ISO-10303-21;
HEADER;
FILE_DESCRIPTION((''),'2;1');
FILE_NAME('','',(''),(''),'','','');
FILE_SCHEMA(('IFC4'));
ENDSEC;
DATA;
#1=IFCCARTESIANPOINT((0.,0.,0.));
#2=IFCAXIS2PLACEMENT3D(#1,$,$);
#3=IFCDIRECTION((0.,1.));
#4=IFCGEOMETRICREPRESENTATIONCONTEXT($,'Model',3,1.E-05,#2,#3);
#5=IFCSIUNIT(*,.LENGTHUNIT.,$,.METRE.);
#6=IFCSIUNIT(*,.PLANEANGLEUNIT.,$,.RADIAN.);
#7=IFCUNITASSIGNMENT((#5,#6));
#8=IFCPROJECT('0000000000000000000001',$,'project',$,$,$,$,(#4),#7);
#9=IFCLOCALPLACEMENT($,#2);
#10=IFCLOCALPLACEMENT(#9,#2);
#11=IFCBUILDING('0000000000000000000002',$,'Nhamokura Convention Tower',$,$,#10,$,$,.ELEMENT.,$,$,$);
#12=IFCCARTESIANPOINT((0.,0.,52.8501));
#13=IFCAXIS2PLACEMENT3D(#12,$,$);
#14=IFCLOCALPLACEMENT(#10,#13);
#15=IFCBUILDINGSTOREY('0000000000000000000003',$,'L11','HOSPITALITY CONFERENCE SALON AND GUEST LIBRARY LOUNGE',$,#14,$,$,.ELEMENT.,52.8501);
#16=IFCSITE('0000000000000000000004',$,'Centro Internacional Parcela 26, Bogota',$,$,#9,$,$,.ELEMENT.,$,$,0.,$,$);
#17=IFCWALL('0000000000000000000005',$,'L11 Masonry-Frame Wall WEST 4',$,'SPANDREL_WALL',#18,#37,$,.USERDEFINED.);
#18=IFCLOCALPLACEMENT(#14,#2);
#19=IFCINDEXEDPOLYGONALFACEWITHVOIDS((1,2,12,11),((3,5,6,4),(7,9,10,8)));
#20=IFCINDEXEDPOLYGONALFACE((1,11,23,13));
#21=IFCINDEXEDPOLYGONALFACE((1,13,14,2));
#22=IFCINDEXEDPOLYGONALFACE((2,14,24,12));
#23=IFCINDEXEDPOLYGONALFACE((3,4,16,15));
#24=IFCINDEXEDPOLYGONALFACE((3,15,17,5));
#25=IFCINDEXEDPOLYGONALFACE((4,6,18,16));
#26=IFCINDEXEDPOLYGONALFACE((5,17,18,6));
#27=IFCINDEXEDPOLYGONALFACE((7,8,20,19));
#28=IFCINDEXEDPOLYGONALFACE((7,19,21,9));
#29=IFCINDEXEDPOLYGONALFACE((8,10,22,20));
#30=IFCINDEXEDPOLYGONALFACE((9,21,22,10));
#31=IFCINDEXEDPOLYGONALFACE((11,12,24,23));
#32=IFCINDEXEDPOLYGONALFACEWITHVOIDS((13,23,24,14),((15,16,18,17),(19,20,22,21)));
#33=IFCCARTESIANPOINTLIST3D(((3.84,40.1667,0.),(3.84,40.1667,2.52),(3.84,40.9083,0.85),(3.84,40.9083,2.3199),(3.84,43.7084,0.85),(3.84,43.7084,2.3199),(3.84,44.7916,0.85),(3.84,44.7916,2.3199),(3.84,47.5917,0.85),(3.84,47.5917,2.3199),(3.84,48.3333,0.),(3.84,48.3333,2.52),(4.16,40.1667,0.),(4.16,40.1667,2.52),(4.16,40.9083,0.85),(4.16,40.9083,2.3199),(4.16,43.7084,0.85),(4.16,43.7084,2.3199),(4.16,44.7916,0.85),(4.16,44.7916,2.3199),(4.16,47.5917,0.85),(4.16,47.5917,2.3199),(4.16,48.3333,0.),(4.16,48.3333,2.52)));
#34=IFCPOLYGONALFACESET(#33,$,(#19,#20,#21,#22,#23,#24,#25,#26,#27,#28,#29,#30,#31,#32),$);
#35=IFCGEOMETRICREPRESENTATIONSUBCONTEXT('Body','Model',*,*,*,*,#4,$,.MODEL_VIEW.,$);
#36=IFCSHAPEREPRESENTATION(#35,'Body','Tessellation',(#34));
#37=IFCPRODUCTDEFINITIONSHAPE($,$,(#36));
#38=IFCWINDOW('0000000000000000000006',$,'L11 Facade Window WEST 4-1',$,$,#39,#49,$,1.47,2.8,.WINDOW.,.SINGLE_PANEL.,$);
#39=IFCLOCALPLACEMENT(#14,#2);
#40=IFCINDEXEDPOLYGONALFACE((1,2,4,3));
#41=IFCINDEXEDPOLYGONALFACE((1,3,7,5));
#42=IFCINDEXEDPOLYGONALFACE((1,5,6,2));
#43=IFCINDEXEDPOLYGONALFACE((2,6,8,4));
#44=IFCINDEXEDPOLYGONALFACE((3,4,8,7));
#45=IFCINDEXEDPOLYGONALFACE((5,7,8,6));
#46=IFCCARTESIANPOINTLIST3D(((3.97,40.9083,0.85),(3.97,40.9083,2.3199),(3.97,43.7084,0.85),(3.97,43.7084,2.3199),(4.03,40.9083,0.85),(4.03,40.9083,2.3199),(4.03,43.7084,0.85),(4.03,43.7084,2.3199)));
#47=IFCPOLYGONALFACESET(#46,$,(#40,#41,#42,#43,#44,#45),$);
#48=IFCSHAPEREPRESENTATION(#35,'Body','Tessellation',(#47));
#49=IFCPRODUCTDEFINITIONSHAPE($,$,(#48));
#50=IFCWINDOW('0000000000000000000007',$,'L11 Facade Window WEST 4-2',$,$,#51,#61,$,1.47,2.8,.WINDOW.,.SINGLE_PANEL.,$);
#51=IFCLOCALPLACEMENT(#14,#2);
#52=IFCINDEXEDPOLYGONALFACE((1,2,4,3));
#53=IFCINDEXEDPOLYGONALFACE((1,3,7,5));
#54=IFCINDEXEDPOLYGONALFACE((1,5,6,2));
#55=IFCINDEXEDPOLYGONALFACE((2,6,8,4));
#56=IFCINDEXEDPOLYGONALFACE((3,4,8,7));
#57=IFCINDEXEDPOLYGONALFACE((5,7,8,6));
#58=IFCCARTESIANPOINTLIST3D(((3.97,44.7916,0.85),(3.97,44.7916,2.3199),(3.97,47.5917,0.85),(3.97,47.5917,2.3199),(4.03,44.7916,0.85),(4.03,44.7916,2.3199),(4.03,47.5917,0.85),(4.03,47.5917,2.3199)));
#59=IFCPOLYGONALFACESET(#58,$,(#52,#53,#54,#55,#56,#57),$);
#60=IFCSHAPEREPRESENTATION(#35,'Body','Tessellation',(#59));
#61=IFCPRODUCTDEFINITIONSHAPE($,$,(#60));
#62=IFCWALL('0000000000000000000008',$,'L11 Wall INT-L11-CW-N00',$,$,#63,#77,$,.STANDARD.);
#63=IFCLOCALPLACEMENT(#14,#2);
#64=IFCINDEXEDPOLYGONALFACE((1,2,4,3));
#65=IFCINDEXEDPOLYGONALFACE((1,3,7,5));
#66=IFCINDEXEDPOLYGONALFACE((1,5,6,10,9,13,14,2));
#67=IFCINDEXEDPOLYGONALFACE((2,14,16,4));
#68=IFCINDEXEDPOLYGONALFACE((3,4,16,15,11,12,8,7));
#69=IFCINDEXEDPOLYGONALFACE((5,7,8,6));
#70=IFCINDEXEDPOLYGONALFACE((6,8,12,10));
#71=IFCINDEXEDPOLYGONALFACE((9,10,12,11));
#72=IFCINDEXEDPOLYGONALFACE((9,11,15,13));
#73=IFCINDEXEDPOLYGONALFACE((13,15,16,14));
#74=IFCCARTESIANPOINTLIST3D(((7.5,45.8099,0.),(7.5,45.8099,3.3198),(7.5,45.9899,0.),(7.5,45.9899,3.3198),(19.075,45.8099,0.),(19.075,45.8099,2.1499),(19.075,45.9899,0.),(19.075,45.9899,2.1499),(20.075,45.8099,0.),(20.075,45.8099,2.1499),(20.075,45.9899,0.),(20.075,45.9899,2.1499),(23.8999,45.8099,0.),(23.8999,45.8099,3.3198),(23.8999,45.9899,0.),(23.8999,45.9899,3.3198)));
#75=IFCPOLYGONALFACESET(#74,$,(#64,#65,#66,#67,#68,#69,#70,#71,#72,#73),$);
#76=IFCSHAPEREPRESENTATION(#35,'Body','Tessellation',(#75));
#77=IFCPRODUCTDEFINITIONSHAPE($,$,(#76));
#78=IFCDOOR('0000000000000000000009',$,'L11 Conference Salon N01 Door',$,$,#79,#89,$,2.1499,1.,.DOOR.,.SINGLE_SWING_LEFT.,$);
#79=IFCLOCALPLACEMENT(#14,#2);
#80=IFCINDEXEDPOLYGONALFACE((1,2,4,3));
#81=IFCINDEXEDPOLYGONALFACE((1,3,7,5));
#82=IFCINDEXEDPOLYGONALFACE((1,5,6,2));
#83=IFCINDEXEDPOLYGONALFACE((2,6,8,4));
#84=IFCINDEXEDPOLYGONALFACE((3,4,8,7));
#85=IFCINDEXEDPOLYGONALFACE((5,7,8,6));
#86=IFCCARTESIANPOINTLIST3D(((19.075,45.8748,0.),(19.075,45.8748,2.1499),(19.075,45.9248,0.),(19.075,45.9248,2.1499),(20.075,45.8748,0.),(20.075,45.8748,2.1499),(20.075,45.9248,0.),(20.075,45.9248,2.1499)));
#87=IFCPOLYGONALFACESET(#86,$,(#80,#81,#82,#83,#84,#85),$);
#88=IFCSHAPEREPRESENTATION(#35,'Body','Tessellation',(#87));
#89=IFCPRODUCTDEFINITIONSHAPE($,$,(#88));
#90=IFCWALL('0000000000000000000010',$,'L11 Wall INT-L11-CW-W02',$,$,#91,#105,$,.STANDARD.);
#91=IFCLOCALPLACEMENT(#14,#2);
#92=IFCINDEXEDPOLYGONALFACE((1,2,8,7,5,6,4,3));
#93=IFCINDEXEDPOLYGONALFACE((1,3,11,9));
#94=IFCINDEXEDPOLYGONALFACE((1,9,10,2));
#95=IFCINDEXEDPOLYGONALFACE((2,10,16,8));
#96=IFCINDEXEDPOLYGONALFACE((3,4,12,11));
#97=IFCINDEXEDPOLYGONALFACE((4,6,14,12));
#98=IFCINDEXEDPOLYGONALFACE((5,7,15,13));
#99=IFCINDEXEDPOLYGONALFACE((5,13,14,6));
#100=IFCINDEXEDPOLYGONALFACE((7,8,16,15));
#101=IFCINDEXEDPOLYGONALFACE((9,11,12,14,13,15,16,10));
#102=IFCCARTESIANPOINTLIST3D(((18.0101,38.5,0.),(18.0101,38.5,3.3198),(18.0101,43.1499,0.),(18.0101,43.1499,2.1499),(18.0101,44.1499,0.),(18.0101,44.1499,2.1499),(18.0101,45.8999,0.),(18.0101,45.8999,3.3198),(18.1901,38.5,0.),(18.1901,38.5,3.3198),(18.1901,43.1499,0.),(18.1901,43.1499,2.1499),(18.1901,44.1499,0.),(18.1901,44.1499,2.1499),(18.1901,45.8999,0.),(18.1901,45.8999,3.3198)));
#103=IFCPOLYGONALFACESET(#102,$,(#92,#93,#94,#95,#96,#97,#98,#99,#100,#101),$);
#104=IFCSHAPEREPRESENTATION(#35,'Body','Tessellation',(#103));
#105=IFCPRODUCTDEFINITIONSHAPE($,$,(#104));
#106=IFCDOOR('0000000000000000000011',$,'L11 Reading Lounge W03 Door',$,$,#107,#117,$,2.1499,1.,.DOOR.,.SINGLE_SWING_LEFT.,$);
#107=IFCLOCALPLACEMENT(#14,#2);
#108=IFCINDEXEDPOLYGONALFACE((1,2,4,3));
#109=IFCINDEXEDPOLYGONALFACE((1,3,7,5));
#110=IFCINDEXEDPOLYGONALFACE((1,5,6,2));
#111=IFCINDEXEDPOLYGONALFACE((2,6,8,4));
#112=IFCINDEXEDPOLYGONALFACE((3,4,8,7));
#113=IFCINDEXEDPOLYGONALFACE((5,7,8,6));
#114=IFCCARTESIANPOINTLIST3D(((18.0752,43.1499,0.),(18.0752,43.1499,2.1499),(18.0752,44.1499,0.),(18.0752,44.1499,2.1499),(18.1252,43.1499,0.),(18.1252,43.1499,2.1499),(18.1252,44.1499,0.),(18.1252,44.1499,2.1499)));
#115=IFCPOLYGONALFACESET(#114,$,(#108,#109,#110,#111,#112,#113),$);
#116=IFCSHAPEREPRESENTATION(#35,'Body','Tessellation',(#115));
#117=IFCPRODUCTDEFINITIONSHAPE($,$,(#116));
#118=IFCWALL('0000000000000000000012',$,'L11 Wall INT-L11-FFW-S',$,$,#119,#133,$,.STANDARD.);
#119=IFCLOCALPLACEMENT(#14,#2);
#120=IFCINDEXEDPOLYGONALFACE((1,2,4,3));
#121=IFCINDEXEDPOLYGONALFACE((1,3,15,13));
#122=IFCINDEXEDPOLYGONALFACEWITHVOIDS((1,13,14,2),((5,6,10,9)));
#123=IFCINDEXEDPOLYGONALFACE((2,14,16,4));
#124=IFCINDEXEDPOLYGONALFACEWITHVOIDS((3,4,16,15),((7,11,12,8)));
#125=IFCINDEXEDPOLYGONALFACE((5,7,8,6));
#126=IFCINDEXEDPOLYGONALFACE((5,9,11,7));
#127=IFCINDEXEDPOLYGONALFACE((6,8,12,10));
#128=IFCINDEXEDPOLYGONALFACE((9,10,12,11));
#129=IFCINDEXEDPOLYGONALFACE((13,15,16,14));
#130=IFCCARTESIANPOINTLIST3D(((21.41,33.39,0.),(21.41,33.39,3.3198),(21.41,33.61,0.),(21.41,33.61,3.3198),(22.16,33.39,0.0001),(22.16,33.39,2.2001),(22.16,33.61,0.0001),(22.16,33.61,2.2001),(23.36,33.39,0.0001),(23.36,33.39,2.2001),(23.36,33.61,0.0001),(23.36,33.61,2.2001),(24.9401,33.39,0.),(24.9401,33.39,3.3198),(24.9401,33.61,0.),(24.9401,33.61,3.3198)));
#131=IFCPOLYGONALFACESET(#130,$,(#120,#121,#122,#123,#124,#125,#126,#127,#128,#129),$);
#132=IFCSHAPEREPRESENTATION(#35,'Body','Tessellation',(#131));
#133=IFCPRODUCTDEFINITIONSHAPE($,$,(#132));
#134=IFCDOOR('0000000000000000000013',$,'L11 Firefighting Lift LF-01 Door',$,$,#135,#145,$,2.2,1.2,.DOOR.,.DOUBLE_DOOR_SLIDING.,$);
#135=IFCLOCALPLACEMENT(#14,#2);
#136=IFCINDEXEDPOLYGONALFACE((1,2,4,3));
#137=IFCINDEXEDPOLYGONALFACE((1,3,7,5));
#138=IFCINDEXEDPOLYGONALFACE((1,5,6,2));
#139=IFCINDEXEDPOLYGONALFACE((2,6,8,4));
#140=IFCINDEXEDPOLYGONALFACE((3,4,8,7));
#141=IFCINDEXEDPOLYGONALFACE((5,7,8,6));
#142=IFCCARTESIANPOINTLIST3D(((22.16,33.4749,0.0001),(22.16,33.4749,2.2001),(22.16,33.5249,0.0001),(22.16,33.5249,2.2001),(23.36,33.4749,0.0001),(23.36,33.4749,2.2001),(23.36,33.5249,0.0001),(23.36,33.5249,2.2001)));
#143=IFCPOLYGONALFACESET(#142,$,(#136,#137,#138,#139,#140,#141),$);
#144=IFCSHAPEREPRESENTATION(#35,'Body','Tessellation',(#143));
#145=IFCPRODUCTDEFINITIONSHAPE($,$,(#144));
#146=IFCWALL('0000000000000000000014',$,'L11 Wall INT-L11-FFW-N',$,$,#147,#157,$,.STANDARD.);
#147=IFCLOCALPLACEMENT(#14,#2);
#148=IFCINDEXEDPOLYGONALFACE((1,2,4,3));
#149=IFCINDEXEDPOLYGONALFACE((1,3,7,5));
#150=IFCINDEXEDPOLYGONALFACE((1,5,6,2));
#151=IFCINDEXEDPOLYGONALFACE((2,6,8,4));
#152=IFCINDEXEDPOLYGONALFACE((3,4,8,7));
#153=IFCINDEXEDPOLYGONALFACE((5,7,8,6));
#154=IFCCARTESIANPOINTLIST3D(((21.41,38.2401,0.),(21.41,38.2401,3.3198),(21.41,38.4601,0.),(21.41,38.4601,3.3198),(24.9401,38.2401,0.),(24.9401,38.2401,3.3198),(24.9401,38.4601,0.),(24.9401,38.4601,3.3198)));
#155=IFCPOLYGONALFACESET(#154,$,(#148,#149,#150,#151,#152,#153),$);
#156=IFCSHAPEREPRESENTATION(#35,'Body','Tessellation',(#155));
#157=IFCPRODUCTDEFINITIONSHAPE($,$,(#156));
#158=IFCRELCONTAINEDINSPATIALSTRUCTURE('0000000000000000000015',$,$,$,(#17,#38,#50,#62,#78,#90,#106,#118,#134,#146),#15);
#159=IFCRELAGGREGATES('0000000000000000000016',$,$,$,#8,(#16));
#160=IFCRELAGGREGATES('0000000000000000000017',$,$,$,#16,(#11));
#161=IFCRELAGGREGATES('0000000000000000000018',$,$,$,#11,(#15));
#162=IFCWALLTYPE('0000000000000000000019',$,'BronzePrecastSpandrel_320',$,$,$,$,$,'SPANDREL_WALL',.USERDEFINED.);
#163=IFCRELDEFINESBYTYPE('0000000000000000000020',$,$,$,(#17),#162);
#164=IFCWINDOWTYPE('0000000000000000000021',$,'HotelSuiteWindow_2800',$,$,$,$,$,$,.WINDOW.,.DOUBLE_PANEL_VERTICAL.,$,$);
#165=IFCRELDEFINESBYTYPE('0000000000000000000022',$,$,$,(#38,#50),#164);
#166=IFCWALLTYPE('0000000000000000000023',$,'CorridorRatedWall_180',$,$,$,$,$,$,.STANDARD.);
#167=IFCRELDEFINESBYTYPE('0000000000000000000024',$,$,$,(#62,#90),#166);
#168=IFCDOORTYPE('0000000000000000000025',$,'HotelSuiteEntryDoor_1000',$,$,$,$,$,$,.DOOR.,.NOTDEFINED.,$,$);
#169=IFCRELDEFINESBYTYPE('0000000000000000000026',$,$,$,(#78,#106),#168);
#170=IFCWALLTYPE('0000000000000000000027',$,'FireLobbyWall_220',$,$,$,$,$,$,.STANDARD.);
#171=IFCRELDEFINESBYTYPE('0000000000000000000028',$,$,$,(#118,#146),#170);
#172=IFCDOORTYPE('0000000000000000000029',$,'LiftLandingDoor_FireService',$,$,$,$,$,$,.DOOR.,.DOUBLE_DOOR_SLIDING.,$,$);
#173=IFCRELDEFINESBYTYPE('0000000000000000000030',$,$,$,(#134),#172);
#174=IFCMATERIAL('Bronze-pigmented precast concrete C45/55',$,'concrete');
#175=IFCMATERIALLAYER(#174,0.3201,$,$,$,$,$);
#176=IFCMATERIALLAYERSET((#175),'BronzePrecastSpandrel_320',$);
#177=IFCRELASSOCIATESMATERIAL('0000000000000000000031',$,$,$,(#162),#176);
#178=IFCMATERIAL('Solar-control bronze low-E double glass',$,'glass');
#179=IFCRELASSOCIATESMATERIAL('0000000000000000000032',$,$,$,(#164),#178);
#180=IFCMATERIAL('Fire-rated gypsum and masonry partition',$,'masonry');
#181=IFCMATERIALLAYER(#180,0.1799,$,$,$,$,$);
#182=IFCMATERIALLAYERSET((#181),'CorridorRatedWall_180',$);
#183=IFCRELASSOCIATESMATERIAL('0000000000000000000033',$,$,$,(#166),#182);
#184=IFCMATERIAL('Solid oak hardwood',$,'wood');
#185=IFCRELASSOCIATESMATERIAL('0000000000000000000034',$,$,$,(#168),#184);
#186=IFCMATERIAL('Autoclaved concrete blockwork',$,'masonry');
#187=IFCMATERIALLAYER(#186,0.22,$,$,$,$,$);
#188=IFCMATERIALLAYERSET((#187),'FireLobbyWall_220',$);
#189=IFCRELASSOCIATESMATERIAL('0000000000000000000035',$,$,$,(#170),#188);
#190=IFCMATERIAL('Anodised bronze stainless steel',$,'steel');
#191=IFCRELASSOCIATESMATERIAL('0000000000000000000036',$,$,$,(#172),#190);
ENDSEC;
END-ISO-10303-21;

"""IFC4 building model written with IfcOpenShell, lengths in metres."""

from ifc_helpers import new_model, si_unit, direction, frame, frame_2d, origin, place, context, subcontext, project, spatial, rectangle, extrude, material, layer, layer_set, type_object, element, fill, save


model = new_model("IFC4")

# Units and contexts
model_context = context("Model", 3, precision=1e-05, world=origin(), true_north=direction((0.0, 1.0)))
body_context = subcontext(model_context, "Body", "Model", "MODEL_VIEW")
ifc_project = project(units=[si_unit("LENGTHUNIT", "METRE"), si_unit("PLANEANGLEUNIT", "RADIAN")], contexts=[model_context])

# Site, building, storey
site_placement = place(None, origin())
site = spatial("IfcSite", under=ifc_project, at=site_placement, Name="Centro Internacional Parcela 26, Bogota", CompositionType="ELEMENT", RefElevation=0.0)
building_placement = place(site_placement, origin())
building = spatial("IfcBuilding", under=site, at=building_placement, Name="Nhamokura Convention Tower", CompositionType="ELEMENT")
storey_placement = place(building_placement, frame((0.0, 0.0, 52.8501)))
storey = spatial("IfcBuildingStorey", under=building, at=storey_placement, Name="L11", Description="HOSPITALITY CONFERENCE SALON AND GUEST LIBRARY LOUNGE", CompositionType="ELEMENT", Elevation=52.8501)

# Shared definitions
ifc_material_1 = material(Name="Bronze-pigmented precast concrete C45/55", Category="concrete")
ifc_layer_1 = layer(ifc_material_1, 0.3201)
ifc_layer_set_1 = layer_set([ifc_layer_1], Name="BronzePrecastSpandrel_320")
wall_type_1 = type_object("IfcWallType", Name="BronzePrecastSpandrel_320", ElementType="SPANDREL_WALL", PredefinedType="USERDEFINED", material=ifc_layer_set_1)

# Wall, openings, windows
wall_1_placement = place(storey_placement, frame((4.0, 40.1667, 0.0), z_axis=(0.0, 0.0, 1.0), x_axis=(0.0, 1.0, 0.0)))
wall_1 = element("IfcWall", 1, at=wall_1_placement, inside=storey, type_object=wall_type_1, Name="L11 Masonry-Frame Wall WEST 4", ObjectType="SPANDREL_WALL", PredefinedType="USERDEFINED", context=body_context, shape_type="SweptSolid", body=[
    extrude(rectangle(XDim=8.1665, YDim=0.3201, at=frame_2d((4.0833, 0.0))), origin(), (0.0, 0.0, 1.0), 2.52),
])
opening_1_placement = place(wall_1_placement, frame((0.7417, 0.0, 0.8501)))
opening_1 = element("IfcOpeningElement", 2, at=opening_1_placement, cuts=wall_1, PredefinedType="OPENING", context=body_context, shape_type="SweptSolid", body=[
    extrude(rectangle(XDim=2.8, YDim=1.47, at=frame_2d((1.3999, 0.7349))), frame((0.0, 0.1699, 0.0), z_axis=(0.0, -1.0, 0.0), x_axis=(1.0, 0.0, 0.0)), (0.0, 0.0, 1.0), 0.3401),
])
opening_2_placement = place(wall_1_placement, frame((4.625, 0.0, 0.8501)))
opening_2 = element("IfcOpeningElement", 3, at=opening_2_placement, cuts=wall_1, PredefinedType="OPENING", context=body_context, shape_type="SweptSolid", body=[
    extrude(rectangle(XDim=2.8, YDim=1.47, at=frame_2d((1.3999, 0.7349))), frame((0.0, 0.1699, 0.0), z_axis=(0.0, -1.0, 0.0), x_axis=(1.0, 0.0, 0.0)), (0.0, 0.0, 1.0), 0.3401),
])
ifc_material_2 = material(Name="Solar-control bronze low-E double glass", Category="glass")
window_type_1 = type_object("IfcWindowType", Name="HotelSuiteWindow_2800", PartitioningType="DOUBLE_PANEL_VERTICAL", PredefinedType="WINDOW", material=ifc_material_2)
window_1_placement = place(opening_1_placement, origin())
window_1 = element("IfcWindow", 4, at=window_1_placement, inside=storey, type_object=window_type_1, Name="L11 Facade Window WEST 4-1", OverallHeight=1.47, OverallWidth=2.8, PartitioningType="SINGLE_PANEL", PredefinedType="WINDOW", context=body_context, shape_type="SweptSolid", body=[
    extrude(rectangle(XDim=2.8, YDim=1.47, at=frame_2d((1.3999, 0.7349))), frame((0.0, 0.03, 0.0), z_axis=(0.0, -1.0, 0.0), x_axis=(1.0, 0.0, 0.0)), (0.0, 0.0, 1.0), 0.0601),
])
fill(opening_1, window_1)
window_2_placement = place(opening_2_placement, origin())
window_2 = element("IfcWindow", 5, at=window_2_placement, inside=storey, type_object=window_type_1, Name="L11 Facade Window WEST 4-2", OverallHeight=1.47, OverallWidth=2.8, PartitioningType="SINGLE_PANEL", PredefinedType="WINDOW", context=body_context, shape_type="SweptSolid", body=[
    extrude(rectangle(XDim=2.8, YDim=1.47, at=frame_2d((1.3999, 0.7349))), frame((0.0, 0.03, 0.0), z_axis=(0.0, -1.0, 0.0), x_axis=(1.0, 0.0, 0.0)), (0.0, 0.0, 1.0), 0.0601),
])
fill(opening_2, window_2)

# Walls, openings, doors
ifc_material_3 = material(Name="Fire-rated gypsum and masonry partition", Category="masonry")
ifc_layer_2 = layer(ifc_material_3, 0.1799)
ifc_layer_set_2 = layer_set([ifc_layer_2], Name="CorridorRatedWall_180")
wall_type_2 = type_object("IfcWallType", Name="CorridorRatedWall_180", PredefinedType="STANDARD", material=ifc_layer_set_2)
wall_2_placement = place(storey_placement, frame((7.5, 45.8999, 0.0), z_axis=(0.0, 0.0, 1.0), x_axis=(1.0, 0.0, 0.0)))
wall_2 = element("IfcWall", 6, at=wall_2_placement, inside=storey, type_object=wall_type_2, Name="L11 Wall INT-L11-CW-N00", PredefinedType="STANDARD", context=body_context, shape_type="SweptSolid", body=[
    extrude(rectangle(XDim=16.3999, YDim=0.1799, at=frame_2d((8.2, 0.0))), origin(), (0.0, 0.0, 1.0), 3.3198),
])
opening_3_placement = place(wall_2_placement, frame((11.575, 0.0, 0.0)))
opening_3 = element("IfcOpeningElement", 7, at=opening_3_placement, cuts=wall_2, PredefinedType="OPENING", context=body_context, shape_type="SweptSolid", body=[
    extrude(rectangle(XDim=1.0, YDim=2.1499, at=frame_2d((0.5, 1.075))), frame((0.0, 0.0999, 0.0), z_axis=(0.0, -1.0, 0.0), x_axis=(1.0, 0.0, 0.0)), (0.0, 0.0, 1.0), 0.2),
])
ifc_material_4 = material(Name="Solid oak hardwood", Category="wood")
door_type_1 = type_object("IfcDoorType", Name="HotelSuiteEntryDoor_1000", OperationType="NOTDEFINED", PredefinedType="DOOR", material=ifc_material_4)
door_1_placement = place(opening_3_placement, origin())
door_1 = element("IfcDoor", 8, at=door_1_placement, inside=storey, type_object=door_type_1, Name="L11 Conference Salon N01 Door", OperationType="SINGLE_SWING_LEFT", OverallHeight=2.1499, OverallWidth=1.0, PredefinedType="DOOR", context=body_context, shape_type="SweptSolid", body=[
    extrude(rectangle(XDim=1.0, YDim=2.1499, at=frame_2d((0.5, 1.075))), frame((0.0, 0.0249, 0.0), z_axis=(0.0, -1.0, 0.0), x_axis=(1.0, 0.0, 0.0)), (0.0, 0.0, 1.0), 0.05),
])
fill(opening_3, door_1)
wall_3_placement = place(storey_placement, frame((18.1001, 38.5, 0.0), z_axis=(0.0, 0.0, 1.0), x_axis=(0.0, 1.0, 0.0)))
wall_3 = element("IfcWall", 9, at=wall_3_placement, inside=storey, type_object=wall_type_2, Name="L11 Wall INT-L11-CW-W02", PredefinedType="STANDARD", context=body_context, shape_type="SweptSolid", body=[
    extrude(rectangle(XDim=7.3999, YDim=0.1799, at=frame_2d((3.7, 0.0))), origin(), (0.0, 0.0, 1.0), 3.3198),
])
opening_4_placement = place(wall_3_placement, frame((4.6499, 0.0, 0.0)))
opening_4 = element("IfcOpeningElement", 10, at=opening_4_placement, cuts=wall_3, PredefinedType="OPENING", context=body_context, shape_type="SweptSolid", body=[
    extrude(rectangle(XDim=1.0, YDim=2.1499, at=frame_2d((0.5, 1.075))), frame((0.0, 0.0999, 0.0), z_axis=(0.0, -1.0, 0.0), x_axis=(1.0, 0.0, 0.0)), (0.0, 0.0, 1.0), 0.2),
])
door_2_placement = place(opening_4_placement, origin())
door_2 = element("IfcDoor", 11, at=door_2_placement, inside=storey, type_object=door_type_1, Name="L11 Reading Lounge W03 Door", OperationType="SINGLE_SWING_LEFT", OverallHeight=2.1499, OverallWidth=1.0, PredefinedType="DOOR", context=body_context, shape_type="SweptSolid", body=[
    extrude(rectangle(XDim=1.0, YDim=2.1499, at=frame_2d((0.5, 1.075))), frame((0.0, 0.0249, 0.0), z_axis=(0.0, -1.0, 0.0), x_axis=(1.0, 0.0, 0.0)), (0.0, 0.0, 1.0), 0.05),
])
fill(opening_4, door_2)
ifc_material_5 = material(Name="Autoclaved concrete blockwork", Category="masonry")
ifc_layer_3 = layer(ifc_material_5, 0.22)
ifc_layer_set_3 = layer_set([ifc_layer_3], Name="FireLobbyWall_220")
wall_type_3 = type_object("IfcWallType", Name="FireLobbyWall_220", PredefinedType="STANDARD", material=ifc_layer_set_3)
wall_4_placement = place(storey_placement, frame((21.4099, 33.5, 0.0), z_axis=(0.0, 0.0, 1.0), x_axis=(1.0, 0.0, 0.0)))
wall_4 = element("IfcWall", 12, at=wall_4_placement, inside=storey, type_object=wall_type_3, Name="L11 Wall INT-L11-FFW-S", PredefinedType="STANDARD", context=body_context, shape_type="SweptSolid", body=[
    extrude(rectangle(XDim=3.53, YDim=0.22, at=frame_2d((1.7651, 0.0))), origin(), (0.0, 0.0, 1.0), 3.3198),
])
opening_5_placement = place(wall_4_placement, frame((0.75, 0.0, 0.0)))
opening_5 = element("IfcOpeningElement", 13, at=opening_5_placement, cuts=wall_4, PredefinedType="OPENING", context=body_context, shape_type="SweptSolid", body=[
    extrude(rectangle(XDim=1.2, YDim=2.2, at=frame_2d((0.6001, 1.1001))), frame((0.0, 0.1199, 0.0), z_axis=(0.0, -1.0, 0.0), x_axis=(1.0, 0.0, 0.0)), (0.0, 0.0, 1.0), 0.24),
])
ifc_material_6 = material(Name="Anodised bronze stainless steel", Category="steel")
door_type_2 = type_object("IfcDoorType", Name="LiftLandingDoor_FireService", OperationType="DOUBLE_DOOR_SLIDING", PredefinedType="DOOR", material=ifc_material_6)
door_3_placement = place(opening_5_placement, origin())
door_3 = element("IfcDoor", 14, at=door_3_placement, inside=storey, type_object=door_type_2, Name="L11 Firefighting Lift LF-01 Door", OperationType="DOUBLE_DOOR_SLIDING", OverallHeight=2.2, OverallWidth=1.2, PredefinedType="DOOR", context=body_context, shape_type="SweptSolid", body=[
    extrude(rectangle(XDim=1.2, YDim=2.2, at=frame_2d((0.6001, 1.1001))), frame((0.0, 0.0249, 0.0), z_axis=(0.0, -1.0, 0.0), x_axis=(1.0, 0.0, 0.0)), (0.0, 0.0, 1.0), 0.05),
])
fill(opening_5, door_3)

# Wall
wall_5_placement = place(storey_placement, frame((21.4099, 38.3501, 0.0), z_axis=(0.0, 0.0, 1.0), x_axis=(1.0, 0.0, 0.0)))
element("IfcWall", 15, at=wall_5_placement, inside=storey, type_object=wall_type_3, Name="L11 Wall INT-L11-FFW-N", PredefinedType="STANDARD", context=body_context, shape_type="SweptSolid", body=[
    extrude(rectangle(XDim=3.53, YDim=0.22, at=frame_2d((1.7651, 0.0))), origin(), (0.0, 0.0, 1.0), 3.3198),
])

save(model, "model.ifc")
